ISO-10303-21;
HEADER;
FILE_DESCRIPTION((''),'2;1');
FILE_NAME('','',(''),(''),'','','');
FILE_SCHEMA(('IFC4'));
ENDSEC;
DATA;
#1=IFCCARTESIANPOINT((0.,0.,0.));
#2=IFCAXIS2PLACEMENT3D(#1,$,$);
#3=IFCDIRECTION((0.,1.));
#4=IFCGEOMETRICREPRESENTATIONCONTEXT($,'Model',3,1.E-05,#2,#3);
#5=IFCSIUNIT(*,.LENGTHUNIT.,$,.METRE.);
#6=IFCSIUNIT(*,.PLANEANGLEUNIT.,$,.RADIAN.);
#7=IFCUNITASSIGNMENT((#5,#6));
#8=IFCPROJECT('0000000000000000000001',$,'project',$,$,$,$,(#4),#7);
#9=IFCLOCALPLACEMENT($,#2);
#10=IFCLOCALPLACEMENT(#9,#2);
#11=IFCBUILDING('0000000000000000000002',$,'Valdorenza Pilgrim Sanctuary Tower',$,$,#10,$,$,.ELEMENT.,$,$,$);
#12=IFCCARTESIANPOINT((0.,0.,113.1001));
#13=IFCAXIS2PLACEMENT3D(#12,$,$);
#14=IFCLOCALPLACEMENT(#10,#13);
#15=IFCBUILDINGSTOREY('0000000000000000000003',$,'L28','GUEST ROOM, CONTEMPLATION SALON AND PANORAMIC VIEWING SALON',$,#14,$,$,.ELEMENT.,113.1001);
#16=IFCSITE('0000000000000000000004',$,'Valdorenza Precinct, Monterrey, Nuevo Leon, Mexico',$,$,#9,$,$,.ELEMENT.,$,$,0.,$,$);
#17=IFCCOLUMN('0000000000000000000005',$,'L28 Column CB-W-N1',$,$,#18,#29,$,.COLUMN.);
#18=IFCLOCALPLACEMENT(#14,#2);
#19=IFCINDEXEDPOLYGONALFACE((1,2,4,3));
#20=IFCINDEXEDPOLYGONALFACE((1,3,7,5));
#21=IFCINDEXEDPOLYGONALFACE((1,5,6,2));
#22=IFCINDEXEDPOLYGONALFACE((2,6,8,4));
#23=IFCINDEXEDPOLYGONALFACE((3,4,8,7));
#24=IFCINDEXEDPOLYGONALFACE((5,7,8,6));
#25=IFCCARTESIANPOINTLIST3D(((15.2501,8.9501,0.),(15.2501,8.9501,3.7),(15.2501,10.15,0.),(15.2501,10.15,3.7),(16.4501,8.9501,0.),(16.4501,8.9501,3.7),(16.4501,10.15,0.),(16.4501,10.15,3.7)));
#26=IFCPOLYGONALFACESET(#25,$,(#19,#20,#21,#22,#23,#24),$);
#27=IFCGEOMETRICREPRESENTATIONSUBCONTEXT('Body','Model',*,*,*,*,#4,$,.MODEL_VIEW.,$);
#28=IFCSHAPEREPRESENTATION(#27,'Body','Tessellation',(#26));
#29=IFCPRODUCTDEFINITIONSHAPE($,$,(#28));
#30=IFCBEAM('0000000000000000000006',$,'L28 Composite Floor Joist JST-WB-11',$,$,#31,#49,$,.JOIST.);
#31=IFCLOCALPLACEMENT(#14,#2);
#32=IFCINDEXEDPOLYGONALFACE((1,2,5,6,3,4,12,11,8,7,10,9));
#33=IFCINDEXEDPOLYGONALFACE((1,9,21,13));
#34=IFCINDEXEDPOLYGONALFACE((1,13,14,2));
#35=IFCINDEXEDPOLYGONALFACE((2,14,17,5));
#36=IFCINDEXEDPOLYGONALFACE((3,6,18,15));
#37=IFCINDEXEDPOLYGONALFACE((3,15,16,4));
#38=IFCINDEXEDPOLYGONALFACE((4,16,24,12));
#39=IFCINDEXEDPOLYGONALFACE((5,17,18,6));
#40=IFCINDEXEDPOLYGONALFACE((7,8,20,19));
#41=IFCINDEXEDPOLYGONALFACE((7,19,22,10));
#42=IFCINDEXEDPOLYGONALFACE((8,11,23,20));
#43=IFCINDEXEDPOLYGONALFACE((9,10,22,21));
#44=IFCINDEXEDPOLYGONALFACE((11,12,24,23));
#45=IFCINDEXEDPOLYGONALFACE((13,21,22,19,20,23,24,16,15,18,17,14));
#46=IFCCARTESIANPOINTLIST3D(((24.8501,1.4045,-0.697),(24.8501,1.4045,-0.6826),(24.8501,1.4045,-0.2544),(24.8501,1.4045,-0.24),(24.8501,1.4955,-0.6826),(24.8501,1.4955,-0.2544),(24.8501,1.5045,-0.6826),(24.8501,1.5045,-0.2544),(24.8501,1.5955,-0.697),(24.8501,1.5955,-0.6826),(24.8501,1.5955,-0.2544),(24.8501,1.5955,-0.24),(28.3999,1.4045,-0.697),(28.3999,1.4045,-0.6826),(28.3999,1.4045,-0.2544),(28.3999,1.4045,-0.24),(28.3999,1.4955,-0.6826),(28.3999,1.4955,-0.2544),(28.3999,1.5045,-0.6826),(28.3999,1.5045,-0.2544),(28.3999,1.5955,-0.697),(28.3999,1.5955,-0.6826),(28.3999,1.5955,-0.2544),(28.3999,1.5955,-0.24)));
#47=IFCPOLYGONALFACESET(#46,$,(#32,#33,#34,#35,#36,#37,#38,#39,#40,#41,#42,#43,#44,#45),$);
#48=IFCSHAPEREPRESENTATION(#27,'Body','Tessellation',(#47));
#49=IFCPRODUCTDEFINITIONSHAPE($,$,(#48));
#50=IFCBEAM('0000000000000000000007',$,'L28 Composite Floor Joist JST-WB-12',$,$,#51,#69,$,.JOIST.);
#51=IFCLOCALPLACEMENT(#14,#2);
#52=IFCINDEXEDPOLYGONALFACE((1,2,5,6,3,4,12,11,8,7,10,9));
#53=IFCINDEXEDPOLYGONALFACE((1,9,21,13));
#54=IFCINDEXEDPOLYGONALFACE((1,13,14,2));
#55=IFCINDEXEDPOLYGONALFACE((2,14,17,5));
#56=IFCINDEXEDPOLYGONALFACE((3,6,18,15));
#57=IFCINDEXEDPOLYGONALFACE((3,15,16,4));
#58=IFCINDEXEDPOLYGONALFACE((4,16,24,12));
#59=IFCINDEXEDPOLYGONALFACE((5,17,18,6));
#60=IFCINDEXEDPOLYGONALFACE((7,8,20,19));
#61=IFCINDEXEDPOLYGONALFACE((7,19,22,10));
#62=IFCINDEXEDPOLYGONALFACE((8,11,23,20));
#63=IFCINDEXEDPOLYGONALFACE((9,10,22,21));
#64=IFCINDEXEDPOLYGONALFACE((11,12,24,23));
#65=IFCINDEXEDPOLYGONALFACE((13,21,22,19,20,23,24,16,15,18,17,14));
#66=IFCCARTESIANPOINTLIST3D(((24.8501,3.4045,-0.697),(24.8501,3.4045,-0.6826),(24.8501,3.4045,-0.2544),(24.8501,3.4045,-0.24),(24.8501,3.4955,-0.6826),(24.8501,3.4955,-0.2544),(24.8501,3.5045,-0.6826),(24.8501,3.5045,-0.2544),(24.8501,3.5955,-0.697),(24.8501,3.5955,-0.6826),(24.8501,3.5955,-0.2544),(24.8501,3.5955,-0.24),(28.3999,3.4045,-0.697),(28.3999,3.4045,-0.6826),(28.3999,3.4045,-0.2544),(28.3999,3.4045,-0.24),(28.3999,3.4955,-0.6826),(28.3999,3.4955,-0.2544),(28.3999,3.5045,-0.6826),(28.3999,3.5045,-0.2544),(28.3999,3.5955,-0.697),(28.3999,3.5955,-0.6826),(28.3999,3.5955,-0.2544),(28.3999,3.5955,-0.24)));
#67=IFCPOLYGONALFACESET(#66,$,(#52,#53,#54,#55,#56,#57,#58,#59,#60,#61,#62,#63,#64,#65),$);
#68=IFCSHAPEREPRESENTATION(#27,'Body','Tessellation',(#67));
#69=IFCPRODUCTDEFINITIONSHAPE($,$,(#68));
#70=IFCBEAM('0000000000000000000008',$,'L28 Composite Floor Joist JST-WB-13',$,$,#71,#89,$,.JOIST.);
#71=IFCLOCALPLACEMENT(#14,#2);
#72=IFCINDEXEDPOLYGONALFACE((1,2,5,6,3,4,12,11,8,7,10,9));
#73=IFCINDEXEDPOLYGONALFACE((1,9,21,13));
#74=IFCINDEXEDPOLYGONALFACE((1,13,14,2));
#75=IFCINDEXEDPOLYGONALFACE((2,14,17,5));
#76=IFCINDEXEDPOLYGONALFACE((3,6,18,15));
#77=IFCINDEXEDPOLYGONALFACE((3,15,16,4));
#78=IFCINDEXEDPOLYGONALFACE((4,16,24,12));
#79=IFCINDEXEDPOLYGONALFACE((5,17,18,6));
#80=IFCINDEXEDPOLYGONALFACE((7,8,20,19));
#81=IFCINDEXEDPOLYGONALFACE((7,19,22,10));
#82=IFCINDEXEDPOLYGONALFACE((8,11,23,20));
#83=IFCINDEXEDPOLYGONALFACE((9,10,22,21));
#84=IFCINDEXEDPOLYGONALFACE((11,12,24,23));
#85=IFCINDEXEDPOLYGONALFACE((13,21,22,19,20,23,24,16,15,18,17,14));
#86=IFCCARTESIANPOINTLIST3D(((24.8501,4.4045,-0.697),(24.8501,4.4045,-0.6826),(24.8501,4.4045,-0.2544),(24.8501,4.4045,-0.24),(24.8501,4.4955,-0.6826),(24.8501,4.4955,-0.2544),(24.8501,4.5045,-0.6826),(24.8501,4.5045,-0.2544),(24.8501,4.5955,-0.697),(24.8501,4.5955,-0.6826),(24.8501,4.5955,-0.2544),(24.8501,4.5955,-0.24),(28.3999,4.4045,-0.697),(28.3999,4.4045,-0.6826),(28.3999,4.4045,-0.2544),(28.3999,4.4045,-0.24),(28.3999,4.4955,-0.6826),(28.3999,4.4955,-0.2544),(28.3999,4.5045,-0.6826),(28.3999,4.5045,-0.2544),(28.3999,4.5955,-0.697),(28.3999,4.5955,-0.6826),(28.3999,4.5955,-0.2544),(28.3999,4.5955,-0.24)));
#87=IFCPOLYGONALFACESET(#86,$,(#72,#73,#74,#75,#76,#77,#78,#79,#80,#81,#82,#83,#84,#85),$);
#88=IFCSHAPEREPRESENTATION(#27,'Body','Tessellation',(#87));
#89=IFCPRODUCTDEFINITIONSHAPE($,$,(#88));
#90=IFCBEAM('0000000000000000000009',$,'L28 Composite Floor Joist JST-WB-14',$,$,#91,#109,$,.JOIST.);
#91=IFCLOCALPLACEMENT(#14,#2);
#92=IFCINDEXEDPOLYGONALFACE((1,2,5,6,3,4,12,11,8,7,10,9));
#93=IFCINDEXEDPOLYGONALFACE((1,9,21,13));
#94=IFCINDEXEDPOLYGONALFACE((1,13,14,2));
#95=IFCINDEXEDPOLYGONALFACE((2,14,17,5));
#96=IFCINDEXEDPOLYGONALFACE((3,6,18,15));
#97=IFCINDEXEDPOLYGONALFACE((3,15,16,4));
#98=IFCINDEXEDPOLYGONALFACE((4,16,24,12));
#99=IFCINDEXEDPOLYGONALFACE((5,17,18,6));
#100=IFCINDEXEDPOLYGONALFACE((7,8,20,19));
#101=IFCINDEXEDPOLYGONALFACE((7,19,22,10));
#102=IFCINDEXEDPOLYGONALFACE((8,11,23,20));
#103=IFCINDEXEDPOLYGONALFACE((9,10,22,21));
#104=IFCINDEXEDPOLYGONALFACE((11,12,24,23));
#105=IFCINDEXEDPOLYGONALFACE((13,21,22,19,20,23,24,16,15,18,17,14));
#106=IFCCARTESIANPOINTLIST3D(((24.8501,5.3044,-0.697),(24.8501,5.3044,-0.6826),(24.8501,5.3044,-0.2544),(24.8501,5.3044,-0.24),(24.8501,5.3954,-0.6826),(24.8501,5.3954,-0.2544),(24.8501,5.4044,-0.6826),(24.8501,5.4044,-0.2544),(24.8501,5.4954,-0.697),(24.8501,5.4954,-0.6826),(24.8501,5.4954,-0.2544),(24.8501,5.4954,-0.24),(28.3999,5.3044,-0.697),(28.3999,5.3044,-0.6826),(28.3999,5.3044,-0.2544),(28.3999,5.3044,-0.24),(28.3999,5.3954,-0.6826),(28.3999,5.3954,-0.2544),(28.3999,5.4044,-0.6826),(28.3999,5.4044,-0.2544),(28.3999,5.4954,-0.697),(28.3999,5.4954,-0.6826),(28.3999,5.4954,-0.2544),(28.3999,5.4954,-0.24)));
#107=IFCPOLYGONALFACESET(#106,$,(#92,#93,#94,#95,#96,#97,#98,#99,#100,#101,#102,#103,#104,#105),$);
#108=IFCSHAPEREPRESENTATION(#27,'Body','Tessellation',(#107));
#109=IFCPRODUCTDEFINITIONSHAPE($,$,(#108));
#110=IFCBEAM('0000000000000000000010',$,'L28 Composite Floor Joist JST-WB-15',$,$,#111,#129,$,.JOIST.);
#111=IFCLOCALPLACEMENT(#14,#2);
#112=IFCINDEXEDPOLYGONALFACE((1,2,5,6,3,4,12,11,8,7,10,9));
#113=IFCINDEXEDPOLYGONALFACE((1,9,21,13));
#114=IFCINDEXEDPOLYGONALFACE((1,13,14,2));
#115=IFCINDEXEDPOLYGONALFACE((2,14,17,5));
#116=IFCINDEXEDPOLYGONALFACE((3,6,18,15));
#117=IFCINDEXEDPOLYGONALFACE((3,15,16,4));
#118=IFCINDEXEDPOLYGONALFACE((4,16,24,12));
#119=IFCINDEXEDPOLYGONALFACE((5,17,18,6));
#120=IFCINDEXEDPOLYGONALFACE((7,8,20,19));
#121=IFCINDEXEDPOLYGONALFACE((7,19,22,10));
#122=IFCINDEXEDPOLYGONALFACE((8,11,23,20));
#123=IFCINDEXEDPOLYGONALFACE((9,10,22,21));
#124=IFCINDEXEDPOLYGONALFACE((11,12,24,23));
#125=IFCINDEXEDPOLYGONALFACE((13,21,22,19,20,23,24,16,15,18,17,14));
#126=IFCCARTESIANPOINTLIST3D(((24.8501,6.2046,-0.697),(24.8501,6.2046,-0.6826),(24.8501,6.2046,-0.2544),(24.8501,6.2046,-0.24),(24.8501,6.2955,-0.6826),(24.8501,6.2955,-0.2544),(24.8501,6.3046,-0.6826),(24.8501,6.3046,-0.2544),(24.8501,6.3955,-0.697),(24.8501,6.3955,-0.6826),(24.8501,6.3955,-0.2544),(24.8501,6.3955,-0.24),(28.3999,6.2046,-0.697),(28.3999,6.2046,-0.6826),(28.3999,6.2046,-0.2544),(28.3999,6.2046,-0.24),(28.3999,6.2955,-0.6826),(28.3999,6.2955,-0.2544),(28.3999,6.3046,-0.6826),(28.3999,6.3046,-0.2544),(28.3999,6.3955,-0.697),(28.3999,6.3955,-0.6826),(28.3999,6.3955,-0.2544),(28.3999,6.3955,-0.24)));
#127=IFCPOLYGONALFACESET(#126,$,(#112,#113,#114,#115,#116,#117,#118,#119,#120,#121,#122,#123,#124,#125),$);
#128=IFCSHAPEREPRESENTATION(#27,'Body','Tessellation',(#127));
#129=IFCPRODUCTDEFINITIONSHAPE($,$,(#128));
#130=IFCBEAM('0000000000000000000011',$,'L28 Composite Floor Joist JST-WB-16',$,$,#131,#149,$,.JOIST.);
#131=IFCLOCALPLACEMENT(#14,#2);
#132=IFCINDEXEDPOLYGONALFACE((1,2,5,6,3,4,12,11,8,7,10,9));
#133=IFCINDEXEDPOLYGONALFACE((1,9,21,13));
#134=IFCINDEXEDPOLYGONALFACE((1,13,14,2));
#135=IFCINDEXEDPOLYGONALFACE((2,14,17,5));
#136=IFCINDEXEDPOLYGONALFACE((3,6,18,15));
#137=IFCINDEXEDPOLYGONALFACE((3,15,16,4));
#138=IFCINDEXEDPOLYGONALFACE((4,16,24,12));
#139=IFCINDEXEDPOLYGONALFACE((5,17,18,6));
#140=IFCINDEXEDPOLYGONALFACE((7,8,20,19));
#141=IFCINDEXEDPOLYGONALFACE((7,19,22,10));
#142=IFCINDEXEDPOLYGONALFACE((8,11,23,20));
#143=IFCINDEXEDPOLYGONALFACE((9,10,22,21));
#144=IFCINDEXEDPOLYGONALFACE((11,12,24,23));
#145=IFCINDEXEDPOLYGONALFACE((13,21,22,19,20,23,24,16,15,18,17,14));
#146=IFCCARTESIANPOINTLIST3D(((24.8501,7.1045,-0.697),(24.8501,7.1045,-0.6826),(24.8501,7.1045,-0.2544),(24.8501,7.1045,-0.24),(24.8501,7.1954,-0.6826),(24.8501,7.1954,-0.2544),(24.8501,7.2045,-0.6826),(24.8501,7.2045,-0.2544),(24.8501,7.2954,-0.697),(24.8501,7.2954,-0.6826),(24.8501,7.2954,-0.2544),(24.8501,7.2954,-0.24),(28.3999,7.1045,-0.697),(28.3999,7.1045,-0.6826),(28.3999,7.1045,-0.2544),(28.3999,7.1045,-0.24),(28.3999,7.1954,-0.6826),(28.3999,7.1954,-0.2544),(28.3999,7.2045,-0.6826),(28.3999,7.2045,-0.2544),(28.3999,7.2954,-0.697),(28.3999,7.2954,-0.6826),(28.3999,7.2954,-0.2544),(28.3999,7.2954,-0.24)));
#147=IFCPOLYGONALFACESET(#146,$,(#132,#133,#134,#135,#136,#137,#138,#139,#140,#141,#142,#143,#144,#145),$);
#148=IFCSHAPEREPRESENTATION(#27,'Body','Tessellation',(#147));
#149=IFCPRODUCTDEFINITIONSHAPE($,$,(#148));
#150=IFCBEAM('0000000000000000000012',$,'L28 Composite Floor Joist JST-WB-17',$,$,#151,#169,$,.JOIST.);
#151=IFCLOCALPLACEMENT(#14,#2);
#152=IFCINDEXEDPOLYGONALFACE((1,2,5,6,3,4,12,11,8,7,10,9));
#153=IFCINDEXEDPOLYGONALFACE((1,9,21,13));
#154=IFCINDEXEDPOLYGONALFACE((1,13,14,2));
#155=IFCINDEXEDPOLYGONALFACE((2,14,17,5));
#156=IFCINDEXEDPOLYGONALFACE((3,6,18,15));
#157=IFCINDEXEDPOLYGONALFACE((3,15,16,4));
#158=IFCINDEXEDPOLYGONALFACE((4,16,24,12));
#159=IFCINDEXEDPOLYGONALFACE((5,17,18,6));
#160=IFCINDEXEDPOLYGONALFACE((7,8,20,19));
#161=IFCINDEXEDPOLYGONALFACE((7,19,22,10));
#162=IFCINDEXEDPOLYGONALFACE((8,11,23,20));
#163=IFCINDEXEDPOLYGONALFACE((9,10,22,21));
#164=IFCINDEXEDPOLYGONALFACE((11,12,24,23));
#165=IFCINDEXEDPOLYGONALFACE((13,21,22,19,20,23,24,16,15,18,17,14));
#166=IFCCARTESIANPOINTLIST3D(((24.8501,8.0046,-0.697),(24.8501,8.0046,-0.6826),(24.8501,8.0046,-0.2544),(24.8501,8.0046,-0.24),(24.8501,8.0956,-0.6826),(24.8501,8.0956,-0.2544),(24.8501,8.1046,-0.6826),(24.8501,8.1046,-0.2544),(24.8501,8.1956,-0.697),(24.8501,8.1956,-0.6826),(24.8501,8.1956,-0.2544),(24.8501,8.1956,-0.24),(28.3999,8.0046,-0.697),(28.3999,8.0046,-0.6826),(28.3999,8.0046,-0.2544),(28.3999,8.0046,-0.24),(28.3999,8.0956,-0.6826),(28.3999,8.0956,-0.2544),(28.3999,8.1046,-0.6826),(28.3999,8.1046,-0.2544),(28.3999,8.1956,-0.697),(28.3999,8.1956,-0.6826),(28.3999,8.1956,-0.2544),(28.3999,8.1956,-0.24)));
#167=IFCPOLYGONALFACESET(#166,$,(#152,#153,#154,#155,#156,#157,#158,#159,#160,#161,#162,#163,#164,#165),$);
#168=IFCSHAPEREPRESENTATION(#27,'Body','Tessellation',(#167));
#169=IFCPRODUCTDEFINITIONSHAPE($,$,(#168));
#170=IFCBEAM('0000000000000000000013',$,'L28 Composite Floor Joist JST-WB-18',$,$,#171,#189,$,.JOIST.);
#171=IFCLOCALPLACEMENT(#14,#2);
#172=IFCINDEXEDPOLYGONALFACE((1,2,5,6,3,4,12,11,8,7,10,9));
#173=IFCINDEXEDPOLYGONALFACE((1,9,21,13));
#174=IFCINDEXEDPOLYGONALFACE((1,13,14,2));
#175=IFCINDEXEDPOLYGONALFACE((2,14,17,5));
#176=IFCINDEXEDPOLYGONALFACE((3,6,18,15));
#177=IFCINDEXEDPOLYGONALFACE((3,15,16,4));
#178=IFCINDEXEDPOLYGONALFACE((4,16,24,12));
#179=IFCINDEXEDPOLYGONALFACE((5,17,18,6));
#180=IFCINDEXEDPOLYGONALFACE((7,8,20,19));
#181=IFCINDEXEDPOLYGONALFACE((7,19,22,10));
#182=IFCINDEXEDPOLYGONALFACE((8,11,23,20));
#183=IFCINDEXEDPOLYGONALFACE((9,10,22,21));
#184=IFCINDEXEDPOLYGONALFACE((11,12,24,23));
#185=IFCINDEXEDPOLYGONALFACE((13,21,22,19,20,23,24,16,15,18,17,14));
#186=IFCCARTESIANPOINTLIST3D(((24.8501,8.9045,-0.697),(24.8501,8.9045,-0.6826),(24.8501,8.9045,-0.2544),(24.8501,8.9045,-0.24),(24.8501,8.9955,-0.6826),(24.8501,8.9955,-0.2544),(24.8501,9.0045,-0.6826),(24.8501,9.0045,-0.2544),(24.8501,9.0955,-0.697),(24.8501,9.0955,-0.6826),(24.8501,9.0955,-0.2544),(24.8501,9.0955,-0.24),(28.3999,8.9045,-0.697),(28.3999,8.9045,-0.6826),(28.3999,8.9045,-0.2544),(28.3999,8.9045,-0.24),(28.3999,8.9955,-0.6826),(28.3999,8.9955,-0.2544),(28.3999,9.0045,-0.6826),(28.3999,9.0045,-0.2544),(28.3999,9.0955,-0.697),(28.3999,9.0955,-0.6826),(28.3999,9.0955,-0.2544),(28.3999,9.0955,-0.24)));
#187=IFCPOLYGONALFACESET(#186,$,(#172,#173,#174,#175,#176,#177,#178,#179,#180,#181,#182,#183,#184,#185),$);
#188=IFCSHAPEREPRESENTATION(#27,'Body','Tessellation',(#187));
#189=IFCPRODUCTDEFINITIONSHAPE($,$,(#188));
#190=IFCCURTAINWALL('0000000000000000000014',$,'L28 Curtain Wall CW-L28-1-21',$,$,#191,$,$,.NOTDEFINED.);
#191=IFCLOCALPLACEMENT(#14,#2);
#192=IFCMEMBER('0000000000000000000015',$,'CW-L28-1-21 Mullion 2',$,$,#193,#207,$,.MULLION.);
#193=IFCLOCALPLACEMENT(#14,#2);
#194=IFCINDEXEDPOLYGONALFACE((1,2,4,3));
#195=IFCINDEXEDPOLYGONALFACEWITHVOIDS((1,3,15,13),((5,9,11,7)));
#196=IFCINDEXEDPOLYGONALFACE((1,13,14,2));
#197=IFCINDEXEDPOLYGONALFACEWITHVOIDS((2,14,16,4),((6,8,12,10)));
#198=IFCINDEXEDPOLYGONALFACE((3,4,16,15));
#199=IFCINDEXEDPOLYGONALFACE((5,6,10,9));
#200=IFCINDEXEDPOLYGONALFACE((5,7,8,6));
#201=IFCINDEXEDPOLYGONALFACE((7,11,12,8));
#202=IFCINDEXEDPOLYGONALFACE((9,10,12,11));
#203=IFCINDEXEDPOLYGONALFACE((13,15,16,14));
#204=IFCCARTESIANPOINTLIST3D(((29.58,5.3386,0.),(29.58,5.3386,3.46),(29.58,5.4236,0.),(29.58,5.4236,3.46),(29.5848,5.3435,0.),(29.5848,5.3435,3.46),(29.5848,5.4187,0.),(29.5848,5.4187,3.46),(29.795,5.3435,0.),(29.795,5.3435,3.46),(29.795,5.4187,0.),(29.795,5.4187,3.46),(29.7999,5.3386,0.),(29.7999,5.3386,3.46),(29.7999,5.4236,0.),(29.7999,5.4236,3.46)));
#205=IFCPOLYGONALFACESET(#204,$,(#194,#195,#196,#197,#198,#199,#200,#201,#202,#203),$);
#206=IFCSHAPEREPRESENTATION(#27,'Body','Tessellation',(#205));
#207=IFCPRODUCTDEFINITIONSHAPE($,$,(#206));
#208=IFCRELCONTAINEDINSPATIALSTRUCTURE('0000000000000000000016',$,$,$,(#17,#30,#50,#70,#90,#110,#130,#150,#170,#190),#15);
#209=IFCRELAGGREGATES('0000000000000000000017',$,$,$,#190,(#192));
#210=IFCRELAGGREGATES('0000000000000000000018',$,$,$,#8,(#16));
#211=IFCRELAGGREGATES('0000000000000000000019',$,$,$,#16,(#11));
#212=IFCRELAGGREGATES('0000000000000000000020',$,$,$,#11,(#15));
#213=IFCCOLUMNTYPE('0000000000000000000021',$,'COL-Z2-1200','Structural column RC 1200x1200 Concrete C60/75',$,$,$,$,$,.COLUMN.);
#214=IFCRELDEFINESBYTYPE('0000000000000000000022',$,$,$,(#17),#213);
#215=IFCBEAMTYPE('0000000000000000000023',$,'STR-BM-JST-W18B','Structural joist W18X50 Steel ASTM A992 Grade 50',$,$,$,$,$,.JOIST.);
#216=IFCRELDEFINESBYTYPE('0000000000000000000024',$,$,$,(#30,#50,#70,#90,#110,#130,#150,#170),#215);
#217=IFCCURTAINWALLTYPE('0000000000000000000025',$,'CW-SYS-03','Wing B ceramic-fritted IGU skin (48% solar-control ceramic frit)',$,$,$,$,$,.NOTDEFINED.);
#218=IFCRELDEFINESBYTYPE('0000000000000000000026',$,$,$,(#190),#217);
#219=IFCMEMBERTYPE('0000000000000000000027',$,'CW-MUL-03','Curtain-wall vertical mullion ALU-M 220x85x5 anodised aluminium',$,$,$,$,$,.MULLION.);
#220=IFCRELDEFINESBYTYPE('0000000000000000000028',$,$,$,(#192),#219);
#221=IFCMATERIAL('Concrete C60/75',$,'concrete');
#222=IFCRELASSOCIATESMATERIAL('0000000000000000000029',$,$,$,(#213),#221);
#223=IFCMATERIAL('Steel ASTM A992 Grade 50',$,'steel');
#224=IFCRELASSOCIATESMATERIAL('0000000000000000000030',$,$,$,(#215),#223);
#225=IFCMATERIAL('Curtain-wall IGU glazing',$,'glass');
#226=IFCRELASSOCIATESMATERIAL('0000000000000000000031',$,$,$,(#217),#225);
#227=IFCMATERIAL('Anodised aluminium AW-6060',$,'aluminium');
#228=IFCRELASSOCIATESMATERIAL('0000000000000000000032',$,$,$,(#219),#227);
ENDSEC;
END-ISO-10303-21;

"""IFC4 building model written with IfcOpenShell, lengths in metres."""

from ifc_helpers import new_model, si_unit, direction, frame, origin, origin_2d, place, context, subcontext, project, spatial, rectangle, hollow_rectangle, i_section, extrude, source, transform, mapped, material, material_profile, profile_set, type_object, element, aggregate, save


model = new_model("IFC4")

# Units and contexts
model_context = context("Model", 3, precision=1e-05, world=origin(), true_north=direction((0.0, 1.0)))
body_context = subcontext(model_context, "Body", "Model", "MODEL_VIEW")
ifc_project = project(units=[si_unit("LENGTHUNIT", "METRE"), si_unit("PLANEANGLEUNIT", "RADIAN")], contexts=[model_context])

# Site, building, storey
site_placement = place(None, origin())
site = spatial("IfcSite", under=ifc_project, at=site_placement, Name="Valdorenza Precinct, Monterrey, Nuevo Leon, Mexico", CompositionType="ELEMENT", RefElevation=0.0)
building_placement = place(site_placement, origin())
building = spatial("IfcBuilding", under=site, at=building_placement, Name="Valdorenza Pilgrim Sanctuary Tower", CompositionType="ELEMENT")
storey_placement = place(building_placement, frame((0.0, 0.0, 113.1001)))
storey = spatial("IfcBuildingStorey", under=building, at=storey_placement, Name="L28", Description="GUEST ROOM, CONTEMPLATION SALON AND PANORAMIC VIEWING SALON", CompositionType="ELEMENT", Elevation=113.1001)

# Column
ifc_material_1 = material(Name="Concrete C60/75", Category="concrete")
ifc_material_profile_1 = material_profile(ifc_material_1, rectangle(XDim=1.2, YDim=1.2, at=origin_2d()), Name="RC 1200x1200")
ifc_profile_set_1 = profile_set([ifc_material_profile_1], Name="Concrete C60/75")
column_type = type_object("IfcColumnType", Name="COL-Z2-1200", Description="Structural column RC 1200x1200 Concrete C60/75", PredefinedType="COLUMN", material=ifc_profile_set_1)
shared_shape_1 = source(origin(), body_context, "Body", "SweptSolid", [
    extrude(rectangle(XDim=1.2, YDim=1.2, at=origin_2d()), origin(), (0.0, 0.0, 1.0), 3.7),
])
column_placement = place(storey_placement, frame((15.8501, 9.55, 0.0), z_axis=(0.0, 0.0, 1.0), x_axis=(1.0, 0.0, 0.0)))
element("IfcColumn", 1, at=column_placement, inside=storey, type_object=column_type, Name="L28 Column CB-W-N1", PredefinedType="COLUMN", context=body_context, shape_type="MappedRepresentation", body=[
    mapped(shared_shape_1, transform((0.0, 0.0, 0.0), x_axis=(1.0, 0.0, 0.0), y_axis=(0.0, 1.0, 0.0), z_axis=(0.0, 0.0, 1.0), scale=1.0)),
])

# Beams
ifc_material_2 = material(Name="Steel ASTM A992 Grade 50", Category="steel")
ifc_material_profile_2 = material_profile(ifc_material_2, i_section(OverallWidth=0.1909, OverallDepth=0.457, WebThickness=0.009, FlangeThickness=0.0144, at=origin_2d()), Name="W18X50")
ifc_profile_set_2 = profile_set([ifc_material_profile_2], Name="Steel ASTM A992 Grade 50")
beam_type = type_object("IfcBeamType", Name="STR-BM-JST-W18B", Description="Structural joist W18X50 Steel ASTM A992 Grade 50", PredefinedType="JOIST", material=ifc_profile_set_2)
shared_shape_2 = source(origin(), body_context, "Body", "SweptSolid", [
    extrude(i_section(OverallWidth=0.1909, OverallDepth=0.457, WebThickness=0.009, FlangeThickness=0.0144, at=origin_2d()), origin(), (0.0, 0.0, 1.0), 3.5498),
])
for number, where, z_axis, x_axis, name in (
    (2, (24.8501, 1.5, -0.4685), (1.0, 0.0, 0.0), (0.0, 1.0, 0.0), "L28 Composite Floor Joist JST-WB-11"),
    (3, (24.8501, 3.5, -0.4685), (1.0, 0.0, 0.0), (0.0, 1.0, 0.0), "L28 Composite Floor Joist JST-WB-12"),
    (4, (24.8501, 4.5, -0.4685), (1.0, 0.0, 0.0), (0.0, 1.0, 0.0), "L28 Composite Floor Joist JST-WB-13"),
    (5, (24.8501, 5.3999, -0.4685), (1.0, 0.0, 0.0), (0.0, 1.0, 0.0), "L28 Composite Floor Joist JST-WB-14"),
    (6, (24.8501, 6.3, -0.4685), (1.0, 0.0, 0.0), (0.0, 1.0, 0.0), "L28 Composite Floor Joist JST-WB-15"),
    (7, (24.8501, 7.2, -0.4685), (1.0, 0.0, 0.0), (0.0, 1.0, 0.0), "L28 Composite Floor Joist JST-WB-16"),
    (8, (24.8501, 8.1001, -0.4685), (1.0, 0.0, 0.0), (0.0, 1.0, 0.0), "L28 Composite Floor Joist JST-WB-17"),
    (9, (24.8501, 9.0, -0.4685), (1.0, 0.0, 0.0), (0.0, 1.0, 0.0), "L28 Composite Floor Joist JST-WB-18"),
):
    element("IfcBeam", number, at=place(storey_placement, frame(where, z_axis=z_axis, x_axis=x_axis)), inside=storey, type_object=beam_type, Name=name, PredefinedType="JOIST", context=body_context, shape_type="MappedRepresentation", body=[
        mapped(shared_shape_2, transform((0.0, 0.0, 0.0), x_axis=(1.0, 0.0, 0.0), y_axis=(0.0, 1.0, 0.0), z_axis=(0.0, 0.0, 1.0), scale=1.0)),
    ])

# Curtain wall, member
ifc_material_3 = material(Name="Curtain-wall IGU glazing", Category="glass")
curtain_wall_type = type_object("IfcCurtainWallType", Name="CW-SYS-03", Description="Wing B ceramic-fritted IGU skin (48% solar-control ceramic frit)", PredefinedType="NOTDEFINED", material=ifc_material_3)
curtain_wall_placement = place(storey_placement, origin())
curtain_wall = element("IfcCurtainWall", 10, at=curtain_wall_placement, inside=storey, type_object=curtain_wall_type, Name="L28 Curtain Wall CW-L28-1-21", PredefinedType="NOTDEFINED")
ifc_material_4 = material(Name="Anodised aluminium AW-6060", Category="aluminium")
ifc_material_profile_3 = material_profile(ifc_material_4, hollow_rectangle(XDim=0.085, YDim=0.22, WallThickness=0.0049, at=origin_2d()), Name="ALU-M 220x85x5")
ifc_profile_set_3 = profile_set([ifc_material_profile_3], Name="Anodised aluminium AW-6060")
member_type = type_object("IfcMemberType", Name="CW-MUL-03", Description="Curtain-wall vertical mullion ALU-M 220x85x5 anodised aluminium", PredefinedType="MULLION", material=ifc_profile_set_3)
shared_shape_3 = source(origin(), body_context, "Body", "SweptSolid", [
    extrude(hollow_rectangle(XDim=0.085, YDim=0.22, WallThickness=0.0049, at=origin_2d()), origin(), (0.0, 0.0, 1.0), 3.46),
])
member_placement = place(storey_placement, frame((29.6899, 5.3811, 0.0), z_axis=(0.0, 0.0, 1.0), x_axis=(0.0, -1.0, 0.0)))
member = element("IfcMember", 11, at=member_placement, type_object=member_type, Name="CW-L28-1-21 Mullion 2", PredefinedType="MULLION", context=body_context, shape_type="MappedRepresentation", body=[
    mapped(shared_shape_3, transform((0.0, 0.0, 0.0), x_axis=(1.0, 0.0, 0.0), y_axis=(0.0, 1.0, 0.0), z_axis=(0.0, 0.0, 1.0), scale=1.0)),
])
aggregate(curtain_wall, [member])

save(model, "model.ifc")
